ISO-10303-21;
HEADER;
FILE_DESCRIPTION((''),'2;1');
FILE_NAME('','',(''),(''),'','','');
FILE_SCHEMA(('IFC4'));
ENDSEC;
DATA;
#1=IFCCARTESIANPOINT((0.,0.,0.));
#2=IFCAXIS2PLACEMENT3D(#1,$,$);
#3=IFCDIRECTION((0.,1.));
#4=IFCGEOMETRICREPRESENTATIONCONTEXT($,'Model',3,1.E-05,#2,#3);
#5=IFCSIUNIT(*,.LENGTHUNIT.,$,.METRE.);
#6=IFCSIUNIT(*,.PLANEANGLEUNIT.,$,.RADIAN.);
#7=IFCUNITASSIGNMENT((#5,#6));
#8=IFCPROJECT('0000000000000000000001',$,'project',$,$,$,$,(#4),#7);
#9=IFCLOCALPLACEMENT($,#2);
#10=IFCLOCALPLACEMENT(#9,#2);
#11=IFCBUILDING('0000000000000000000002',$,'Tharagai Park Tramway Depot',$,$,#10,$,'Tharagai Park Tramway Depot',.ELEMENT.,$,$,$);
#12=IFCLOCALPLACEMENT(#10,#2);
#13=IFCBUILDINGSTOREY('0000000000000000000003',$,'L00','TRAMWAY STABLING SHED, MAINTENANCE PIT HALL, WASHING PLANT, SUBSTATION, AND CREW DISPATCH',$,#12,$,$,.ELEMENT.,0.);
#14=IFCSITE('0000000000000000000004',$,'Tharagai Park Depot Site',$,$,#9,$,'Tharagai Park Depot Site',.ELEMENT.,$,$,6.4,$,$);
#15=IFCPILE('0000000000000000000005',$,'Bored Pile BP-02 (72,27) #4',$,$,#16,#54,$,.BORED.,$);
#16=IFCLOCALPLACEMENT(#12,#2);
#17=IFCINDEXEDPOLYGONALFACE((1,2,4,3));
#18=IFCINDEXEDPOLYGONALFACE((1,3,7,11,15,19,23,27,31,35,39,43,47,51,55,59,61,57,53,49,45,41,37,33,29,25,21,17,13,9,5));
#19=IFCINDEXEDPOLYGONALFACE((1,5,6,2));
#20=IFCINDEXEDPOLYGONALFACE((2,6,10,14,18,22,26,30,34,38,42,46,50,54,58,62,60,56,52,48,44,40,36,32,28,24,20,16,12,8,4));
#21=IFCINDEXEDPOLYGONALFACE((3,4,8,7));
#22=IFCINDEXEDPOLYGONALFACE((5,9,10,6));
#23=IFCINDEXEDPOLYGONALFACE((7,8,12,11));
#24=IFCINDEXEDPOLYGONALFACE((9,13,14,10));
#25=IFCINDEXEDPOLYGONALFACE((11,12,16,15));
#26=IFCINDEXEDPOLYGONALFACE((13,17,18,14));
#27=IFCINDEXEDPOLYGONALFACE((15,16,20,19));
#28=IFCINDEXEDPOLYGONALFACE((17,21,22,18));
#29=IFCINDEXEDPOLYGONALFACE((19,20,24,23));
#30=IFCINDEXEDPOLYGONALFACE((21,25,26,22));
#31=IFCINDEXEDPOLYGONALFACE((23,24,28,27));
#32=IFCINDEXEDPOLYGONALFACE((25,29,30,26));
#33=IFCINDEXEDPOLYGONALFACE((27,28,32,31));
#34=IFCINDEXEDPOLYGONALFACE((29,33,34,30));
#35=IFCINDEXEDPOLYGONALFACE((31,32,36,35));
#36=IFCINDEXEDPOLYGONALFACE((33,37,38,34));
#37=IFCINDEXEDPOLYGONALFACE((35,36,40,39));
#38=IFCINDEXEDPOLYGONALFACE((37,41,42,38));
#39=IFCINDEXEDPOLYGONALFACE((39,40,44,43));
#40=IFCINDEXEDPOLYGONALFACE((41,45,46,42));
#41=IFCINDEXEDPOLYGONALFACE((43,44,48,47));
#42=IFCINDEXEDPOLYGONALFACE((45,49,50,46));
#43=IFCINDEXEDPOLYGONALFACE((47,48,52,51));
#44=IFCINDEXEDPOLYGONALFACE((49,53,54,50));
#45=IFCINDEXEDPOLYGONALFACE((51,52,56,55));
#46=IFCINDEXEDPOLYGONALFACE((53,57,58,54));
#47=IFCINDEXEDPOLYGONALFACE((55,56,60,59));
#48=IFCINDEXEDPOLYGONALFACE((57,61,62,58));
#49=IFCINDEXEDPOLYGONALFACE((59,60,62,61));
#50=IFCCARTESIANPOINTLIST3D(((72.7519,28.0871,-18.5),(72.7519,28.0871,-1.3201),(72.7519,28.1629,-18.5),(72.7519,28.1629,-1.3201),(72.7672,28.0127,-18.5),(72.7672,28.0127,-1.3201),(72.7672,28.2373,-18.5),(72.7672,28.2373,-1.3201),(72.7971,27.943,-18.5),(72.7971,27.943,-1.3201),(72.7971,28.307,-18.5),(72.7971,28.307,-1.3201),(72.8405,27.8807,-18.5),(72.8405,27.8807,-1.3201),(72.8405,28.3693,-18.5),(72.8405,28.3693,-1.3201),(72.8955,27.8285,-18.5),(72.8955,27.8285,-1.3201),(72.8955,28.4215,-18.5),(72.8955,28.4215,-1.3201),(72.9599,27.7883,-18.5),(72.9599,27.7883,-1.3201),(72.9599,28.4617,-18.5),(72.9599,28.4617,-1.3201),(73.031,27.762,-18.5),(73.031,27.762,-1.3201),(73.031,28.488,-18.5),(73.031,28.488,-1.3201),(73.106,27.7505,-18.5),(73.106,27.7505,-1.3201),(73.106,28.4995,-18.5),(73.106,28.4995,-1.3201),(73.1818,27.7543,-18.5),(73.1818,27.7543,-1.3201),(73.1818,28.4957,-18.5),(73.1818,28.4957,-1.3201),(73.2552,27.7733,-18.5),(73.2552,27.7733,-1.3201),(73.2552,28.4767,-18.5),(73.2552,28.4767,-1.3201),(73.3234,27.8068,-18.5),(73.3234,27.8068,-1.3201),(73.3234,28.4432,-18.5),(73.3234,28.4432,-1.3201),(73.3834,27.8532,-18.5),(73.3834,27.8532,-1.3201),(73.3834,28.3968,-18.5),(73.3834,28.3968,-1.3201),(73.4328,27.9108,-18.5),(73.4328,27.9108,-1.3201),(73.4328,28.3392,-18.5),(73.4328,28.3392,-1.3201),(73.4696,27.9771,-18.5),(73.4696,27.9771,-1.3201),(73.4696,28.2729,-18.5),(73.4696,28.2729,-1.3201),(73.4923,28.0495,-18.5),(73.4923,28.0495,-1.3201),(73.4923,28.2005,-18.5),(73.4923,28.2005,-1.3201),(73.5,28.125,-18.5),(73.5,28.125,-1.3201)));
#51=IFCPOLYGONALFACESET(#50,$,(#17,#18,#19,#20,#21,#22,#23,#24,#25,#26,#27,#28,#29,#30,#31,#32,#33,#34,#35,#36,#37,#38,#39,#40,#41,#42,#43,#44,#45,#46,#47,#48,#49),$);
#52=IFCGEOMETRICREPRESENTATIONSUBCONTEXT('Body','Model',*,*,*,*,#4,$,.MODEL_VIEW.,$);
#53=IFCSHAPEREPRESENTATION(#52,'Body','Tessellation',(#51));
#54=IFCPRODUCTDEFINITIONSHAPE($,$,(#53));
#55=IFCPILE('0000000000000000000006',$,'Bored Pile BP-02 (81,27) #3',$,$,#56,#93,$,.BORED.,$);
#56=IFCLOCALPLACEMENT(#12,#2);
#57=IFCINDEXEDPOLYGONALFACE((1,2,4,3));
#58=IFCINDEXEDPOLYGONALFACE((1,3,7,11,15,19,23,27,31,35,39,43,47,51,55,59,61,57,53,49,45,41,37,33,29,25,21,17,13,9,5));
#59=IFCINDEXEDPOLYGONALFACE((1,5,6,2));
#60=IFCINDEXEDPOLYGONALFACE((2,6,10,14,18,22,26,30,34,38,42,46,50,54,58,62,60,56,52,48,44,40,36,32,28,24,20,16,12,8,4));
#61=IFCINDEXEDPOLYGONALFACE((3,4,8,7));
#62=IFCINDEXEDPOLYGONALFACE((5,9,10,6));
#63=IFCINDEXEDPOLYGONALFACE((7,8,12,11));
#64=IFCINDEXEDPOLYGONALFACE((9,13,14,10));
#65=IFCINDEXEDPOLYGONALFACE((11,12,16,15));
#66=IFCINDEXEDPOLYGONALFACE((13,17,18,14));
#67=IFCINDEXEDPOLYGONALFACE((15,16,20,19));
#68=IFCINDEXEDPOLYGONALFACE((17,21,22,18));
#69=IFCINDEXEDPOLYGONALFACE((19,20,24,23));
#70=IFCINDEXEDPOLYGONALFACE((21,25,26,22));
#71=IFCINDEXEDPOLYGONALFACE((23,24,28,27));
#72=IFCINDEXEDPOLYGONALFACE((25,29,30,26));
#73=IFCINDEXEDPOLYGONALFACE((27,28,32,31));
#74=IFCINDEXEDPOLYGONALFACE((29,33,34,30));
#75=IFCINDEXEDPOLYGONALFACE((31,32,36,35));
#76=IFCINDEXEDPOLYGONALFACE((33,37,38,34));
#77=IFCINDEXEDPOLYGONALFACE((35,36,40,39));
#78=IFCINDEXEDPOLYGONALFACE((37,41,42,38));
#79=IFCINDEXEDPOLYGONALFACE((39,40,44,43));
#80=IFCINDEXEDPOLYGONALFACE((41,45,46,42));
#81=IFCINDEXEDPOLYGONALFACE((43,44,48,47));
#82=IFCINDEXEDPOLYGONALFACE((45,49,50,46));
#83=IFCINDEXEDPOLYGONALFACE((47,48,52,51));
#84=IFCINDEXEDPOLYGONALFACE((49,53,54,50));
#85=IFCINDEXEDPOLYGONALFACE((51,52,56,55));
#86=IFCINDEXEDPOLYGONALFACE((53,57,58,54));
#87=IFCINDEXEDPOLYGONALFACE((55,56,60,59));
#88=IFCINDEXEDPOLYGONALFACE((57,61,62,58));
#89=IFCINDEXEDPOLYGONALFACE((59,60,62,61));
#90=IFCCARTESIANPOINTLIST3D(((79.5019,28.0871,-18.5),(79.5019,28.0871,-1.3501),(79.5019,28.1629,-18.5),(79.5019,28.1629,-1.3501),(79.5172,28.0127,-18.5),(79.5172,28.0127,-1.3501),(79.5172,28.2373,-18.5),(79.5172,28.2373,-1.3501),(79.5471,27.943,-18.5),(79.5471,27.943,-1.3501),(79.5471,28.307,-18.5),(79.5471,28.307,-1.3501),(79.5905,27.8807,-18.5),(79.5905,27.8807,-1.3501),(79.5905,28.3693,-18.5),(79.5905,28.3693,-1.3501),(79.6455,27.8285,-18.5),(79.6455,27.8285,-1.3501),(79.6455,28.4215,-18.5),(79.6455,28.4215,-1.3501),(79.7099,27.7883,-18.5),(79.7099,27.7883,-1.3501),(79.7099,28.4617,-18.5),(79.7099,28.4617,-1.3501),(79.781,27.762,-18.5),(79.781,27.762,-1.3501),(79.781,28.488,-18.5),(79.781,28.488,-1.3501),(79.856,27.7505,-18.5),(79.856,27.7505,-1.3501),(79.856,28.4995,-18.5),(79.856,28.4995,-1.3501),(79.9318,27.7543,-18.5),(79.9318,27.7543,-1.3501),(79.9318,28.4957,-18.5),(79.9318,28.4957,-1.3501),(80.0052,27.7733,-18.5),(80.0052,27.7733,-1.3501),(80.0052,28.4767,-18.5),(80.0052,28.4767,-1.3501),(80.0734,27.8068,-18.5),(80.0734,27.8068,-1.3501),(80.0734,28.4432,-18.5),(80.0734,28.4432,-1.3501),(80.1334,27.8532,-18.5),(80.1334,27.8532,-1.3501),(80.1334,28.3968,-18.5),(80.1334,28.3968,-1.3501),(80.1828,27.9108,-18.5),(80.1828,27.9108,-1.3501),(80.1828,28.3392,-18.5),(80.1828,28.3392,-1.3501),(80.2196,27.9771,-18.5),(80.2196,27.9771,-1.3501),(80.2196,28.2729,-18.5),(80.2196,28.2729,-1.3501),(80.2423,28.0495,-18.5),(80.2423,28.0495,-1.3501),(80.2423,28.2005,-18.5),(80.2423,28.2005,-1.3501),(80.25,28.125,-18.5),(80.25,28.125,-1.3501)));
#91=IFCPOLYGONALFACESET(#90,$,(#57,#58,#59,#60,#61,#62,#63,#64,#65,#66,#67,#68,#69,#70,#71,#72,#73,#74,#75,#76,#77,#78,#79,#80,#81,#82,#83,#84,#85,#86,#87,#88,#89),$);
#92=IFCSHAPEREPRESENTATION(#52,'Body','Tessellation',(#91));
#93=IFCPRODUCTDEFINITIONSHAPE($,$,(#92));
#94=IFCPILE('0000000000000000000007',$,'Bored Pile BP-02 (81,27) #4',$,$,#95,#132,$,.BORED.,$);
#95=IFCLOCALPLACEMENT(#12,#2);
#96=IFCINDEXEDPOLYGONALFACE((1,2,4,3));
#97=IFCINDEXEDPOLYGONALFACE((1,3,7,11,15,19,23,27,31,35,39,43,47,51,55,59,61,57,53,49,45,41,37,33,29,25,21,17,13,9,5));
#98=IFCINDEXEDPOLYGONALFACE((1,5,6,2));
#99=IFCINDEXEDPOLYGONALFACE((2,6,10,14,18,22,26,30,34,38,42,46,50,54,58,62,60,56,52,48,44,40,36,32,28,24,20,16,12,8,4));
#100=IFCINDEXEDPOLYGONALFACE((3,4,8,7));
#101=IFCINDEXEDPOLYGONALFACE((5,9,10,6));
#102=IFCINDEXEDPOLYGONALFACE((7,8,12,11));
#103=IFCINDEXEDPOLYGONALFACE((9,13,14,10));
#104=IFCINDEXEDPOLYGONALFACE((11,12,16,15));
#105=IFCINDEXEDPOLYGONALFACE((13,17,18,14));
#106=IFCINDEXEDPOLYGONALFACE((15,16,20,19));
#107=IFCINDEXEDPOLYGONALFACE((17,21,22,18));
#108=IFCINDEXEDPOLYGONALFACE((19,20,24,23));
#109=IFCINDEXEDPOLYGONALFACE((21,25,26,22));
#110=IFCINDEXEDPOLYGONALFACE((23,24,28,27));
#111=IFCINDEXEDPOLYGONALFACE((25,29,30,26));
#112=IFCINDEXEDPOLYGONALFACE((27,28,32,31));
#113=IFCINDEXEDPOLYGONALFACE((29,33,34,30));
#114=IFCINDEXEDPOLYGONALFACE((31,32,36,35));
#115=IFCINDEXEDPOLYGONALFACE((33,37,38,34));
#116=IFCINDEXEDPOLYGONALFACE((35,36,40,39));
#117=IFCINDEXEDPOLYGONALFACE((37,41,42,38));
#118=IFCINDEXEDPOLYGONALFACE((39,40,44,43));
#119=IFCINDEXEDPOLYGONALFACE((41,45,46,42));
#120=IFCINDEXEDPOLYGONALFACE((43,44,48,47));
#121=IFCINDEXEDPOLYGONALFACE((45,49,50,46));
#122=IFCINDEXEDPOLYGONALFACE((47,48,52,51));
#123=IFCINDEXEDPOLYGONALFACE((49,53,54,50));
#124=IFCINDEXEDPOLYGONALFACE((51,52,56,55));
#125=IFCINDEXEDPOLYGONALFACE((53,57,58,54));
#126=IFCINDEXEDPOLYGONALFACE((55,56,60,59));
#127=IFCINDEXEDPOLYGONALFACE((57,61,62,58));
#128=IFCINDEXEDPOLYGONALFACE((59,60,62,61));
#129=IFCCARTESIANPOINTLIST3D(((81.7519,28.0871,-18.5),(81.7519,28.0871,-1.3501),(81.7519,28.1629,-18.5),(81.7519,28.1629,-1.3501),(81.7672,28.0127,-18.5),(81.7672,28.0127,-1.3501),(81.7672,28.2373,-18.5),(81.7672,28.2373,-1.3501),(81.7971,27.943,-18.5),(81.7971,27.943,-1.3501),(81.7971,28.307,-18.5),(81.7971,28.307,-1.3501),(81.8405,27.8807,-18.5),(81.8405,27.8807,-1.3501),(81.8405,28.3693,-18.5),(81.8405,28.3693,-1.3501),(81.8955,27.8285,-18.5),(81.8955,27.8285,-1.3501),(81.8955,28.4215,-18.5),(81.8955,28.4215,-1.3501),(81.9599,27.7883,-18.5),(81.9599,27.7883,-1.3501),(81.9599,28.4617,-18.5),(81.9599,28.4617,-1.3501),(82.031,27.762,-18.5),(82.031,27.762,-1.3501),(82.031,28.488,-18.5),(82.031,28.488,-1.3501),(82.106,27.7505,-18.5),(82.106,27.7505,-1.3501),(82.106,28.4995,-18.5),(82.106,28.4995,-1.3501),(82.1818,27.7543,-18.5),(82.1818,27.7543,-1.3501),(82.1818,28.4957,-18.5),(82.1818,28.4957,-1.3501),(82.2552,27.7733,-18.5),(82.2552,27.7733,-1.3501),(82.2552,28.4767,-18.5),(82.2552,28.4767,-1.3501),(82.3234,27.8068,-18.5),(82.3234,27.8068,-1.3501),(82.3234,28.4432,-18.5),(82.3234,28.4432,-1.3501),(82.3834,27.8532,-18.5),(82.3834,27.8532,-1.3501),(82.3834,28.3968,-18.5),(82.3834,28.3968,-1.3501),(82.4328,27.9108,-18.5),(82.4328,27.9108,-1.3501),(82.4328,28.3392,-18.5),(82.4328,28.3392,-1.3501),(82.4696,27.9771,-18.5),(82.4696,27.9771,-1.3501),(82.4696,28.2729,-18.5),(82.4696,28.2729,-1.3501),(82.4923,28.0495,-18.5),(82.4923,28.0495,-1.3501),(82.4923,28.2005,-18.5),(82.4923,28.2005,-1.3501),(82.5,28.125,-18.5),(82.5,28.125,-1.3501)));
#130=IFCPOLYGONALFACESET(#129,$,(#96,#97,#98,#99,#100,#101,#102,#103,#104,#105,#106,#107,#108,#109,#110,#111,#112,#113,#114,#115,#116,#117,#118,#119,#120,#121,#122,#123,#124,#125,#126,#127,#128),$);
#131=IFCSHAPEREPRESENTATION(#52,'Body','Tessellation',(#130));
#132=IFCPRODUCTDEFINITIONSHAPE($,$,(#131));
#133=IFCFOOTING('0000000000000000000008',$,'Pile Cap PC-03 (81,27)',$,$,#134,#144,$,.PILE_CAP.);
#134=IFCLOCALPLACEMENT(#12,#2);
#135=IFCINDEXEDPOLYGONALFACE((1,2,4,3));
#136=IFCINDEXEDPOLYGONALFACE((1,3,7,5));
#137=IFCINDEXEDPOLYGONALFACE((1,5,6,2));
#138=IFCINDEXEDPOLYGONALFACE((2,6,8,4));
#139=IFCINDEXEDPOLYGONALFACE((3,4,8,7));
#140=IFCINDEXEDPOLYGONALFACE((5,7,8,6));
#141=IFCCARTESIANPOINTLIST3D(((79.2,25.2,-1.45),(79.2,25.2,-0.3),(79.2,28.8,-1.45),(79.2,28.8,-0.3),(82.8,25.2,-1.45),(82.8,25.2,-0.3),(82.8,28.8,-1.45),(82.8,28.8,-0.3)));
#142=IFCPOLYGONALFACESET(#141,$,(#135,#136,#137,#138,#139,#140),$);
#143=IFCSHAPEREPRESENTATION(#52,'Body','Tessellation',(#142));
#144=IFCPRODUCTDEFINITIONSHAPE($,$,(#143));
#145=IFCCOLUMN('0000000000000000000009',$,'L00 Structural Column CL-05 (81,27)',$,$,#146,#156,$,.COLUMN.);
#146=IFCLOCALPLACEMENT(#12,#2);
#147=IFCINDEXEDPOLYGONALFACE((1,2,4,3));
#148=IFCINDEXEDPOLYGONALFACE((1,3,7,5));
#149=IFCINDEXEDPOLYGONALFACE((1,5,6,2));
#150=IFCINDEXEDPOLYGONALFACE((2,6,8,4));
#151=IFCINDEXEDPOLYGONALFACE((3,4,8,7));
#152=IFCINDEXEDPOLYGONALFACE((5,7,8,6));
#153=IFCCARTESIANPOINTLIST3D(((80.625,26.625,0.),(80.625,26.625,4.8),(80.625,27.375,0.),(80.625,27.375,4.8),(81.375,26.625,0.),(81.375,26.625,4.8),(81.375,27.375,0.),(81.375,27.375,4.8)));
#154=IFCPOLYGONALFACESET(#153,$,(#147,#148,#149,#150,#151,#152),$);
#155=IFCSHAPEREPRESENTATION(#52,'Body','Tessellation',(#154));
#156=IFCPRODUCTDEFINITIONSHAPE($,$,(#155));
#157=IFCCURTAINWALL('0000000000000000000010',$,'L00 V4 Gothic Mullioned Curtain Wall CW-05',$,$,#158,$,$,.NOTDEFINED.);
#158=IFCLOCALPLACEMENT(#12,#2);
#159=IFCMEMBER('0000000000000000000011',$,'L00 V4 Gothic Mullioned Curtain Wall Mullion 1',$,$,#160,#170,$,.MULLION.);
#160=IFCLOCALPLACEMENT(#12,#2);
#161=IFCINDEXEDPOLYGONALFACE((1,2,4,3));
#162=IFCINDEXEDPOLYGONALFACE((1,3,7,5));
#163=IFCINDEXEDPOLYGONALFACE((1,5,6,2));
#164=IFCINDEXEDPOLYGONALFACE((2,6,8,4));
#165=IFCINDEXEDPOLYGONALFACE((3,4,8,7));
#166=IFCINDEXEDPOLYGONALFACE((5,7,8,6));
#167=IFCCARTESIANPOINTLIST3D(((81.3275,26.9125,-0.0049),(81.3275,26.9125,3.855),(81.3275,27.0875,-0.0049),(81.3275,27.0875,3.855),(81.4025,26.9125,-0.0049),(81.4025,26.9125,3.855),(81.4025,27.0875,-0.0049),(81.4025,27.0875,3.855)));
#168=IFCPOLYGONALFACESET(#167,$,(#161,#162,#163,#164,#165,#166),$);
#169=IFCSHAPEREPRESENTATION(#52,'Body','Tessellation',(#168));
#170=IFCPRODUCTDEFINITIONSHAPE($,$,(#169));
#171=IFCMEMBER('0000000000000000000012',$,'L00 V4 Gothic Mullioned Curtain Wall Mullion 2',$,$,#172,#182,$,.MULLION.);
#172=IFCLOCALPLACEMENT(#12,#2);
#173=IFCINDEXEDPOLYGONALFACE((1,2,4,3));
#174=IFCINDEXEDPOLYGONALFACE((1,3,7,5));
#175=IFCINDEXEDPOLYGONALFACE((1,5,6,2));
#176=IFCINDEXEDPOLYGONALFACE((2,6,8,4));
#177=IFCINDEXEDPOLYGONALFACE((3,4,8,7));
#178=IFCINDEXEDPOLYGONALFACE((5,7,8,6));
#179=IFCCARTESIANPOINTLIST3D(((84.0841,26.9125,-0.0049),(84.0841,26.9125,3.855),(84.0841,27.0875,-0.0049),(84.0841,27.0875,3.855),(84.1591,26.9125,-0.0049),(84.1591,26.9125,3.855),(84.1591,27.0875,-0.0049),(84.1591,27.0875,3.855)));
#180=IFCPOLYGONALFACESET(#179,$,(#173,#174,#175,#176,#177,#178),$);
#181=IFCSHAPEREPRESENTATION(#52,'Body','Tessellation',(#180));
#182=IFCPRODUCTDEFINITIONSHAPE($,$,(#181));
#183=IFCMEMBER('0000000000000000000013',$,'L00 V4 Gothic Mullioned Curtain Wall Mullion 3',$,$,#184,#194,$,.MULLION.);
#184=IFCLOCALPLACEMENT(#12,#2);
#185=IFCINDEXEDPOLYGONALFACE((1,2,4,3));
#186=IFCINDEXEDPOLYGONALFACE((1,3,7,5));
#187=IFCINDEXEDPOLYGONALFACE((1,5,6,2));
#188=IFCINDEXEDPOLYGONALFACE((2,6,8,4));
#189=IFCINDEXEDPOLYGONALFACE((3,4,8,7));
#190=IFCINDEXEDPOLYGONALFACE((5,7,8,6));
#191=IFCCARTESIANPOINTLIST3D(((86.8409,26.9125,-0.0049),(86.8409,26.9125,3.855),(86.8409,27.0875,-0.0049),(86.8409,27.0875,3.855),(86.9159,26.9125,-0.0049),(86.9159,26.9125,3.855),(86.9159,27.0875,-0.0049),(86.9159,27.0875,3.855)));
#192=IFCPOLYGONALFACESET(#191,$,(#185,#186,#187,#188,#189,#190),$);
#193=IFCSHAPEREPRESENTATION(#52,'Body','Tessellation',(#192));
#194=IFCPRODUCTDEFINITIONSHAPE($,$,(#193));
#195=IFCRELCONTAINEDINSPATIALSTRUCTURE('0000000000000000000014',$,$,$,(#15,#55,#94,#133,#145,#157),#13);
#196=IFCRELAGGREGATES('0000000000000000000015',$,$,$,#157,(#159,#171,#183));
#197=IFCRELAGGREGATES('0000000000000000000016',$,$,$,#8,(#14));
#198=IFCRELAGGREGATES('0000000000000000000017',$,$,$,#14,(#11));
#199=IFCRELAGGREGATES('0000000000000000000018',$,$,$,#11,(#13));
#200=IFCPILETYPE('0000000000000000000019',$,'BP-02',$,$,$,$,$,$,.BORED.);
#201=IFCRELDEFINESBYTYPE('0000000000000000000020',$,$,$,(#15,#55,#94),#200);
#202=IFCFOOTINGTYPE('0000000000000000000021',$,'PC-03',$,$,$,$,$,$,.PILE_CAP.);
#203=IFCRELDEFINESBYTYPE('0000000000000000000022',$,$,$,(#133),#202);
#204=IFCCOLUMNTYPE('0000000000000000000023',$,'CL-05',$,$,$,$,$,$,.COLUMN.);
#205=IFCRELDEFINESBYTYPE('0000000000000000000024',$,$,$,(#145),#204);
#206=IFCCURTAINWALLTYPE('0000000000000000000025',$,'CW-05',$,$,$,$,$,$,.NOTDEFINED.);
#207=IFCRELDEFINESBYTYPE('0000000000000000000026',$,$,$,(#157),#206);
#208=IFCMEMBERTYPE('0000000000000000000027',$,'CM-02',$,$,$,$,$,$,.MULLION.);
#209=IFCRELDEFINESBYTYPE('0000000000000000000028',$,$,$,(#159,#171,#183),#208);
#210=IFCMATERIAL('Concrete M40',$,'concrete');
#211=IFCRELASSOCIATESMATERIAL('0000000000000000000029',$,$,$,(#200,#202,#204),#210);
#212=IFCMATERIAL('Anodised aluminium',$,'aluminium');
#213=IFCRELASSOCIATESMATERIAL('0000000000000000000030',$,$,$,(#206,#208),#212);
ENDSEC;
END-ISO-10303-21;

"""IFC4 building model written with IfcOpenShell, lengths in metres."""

from ifc_helpers import new_model, si_unit, direction, frame, origin, origin_2d, place, context, subcontext, project, spatial, rectangle, circle, extrude, material, material_profile, profile_set, type_object, element, aggregate, save


model = new_model("IFC4")

# Units and contexts
model_context = context("Model", 3, precision=1e-05, world=origin(), true_north=direction((0.0, 1.0)))
body_context = subcontext(model_context, "Body", "Model", "MODEL_VIEW")
ifc_project = project(units=[si_unit("LENGTHUNIT", "METRE"), si_unit("PLANEANGLEUNIT", "RADIAN")], contexts=[model_context])

# Site, building, storey
site_placement = place(None, origin())
site = spatial("IfcSite", under=ifc_project, at=site_placement, Name="Tharagai Park Depot Site", LongName="Tharagai Park Depot Site", CompositionType="ELEMENT", RefElevation=6.4)
building_placement = place(site_placement, origin())
building = spatial("IfcBuilding", under=site, at=building_placement, Name="Tharagai Park Tramway Depot", LongName="Tharagai Park Tramway Depot", CompositionType="ELEMENT")
storey_placement = place(building_placement, origin())
storey = spatial("IfcBuildingStorey", under=building, at=storey_placement, Name="L00", Description="TRAMWAY STABLING SHED, MAINTENANCE PIT HALL, WASHING PLANT, SUBSTATION, AND CREW DISPATCH", CompositionType="ELEMENT", Elevation=0.0)

# Piles
ifc_material_1 = material(Name="Concrete M40", Category="concrete")
ifc_material_profile_1 = material_profile(ifc_material_1, circle(Radius=0.375, at=origin_2d()), Name="PILE D750")
ifc_profile_set_1 = profile_set([ifc_material_profile_1], Name="Concrete M40")
pile_type = type_object("IfcPileType", Name="BP-02", PredefinedType="BORED", material=ifc_profile_set_1)
pile_placement = place(storey_placement, frame((73.125, 28.125, -1.3201), z_axis=(0.0, 0.0, -1.0), x_axis=(1.0, 0.0, 0.0)))
element("IfcPile", 1, at=pile_placement, inside=storey, type_object=pile_type, Name="Bored Pile BP-02 (72,27) #4", PredefinedType="BORED", context=body_context, shape_type="SweptSolid", body=[
    extrude(circle(Radius=0.375, at=origin_2d()), origin(), (0.0, 0.0, 1.0), 17.1799),
])
for number, where, z_axis, x_axis, name in (
    (2, (79.875, 28.125, -1.3501), (0.0, 0.0, -1.0), (1.0, 0.0, 0.0), "Bored Pile BP-02 (81,27) #3"),
    (3, (82.125, 28.125, -1.3501), (0.0, 0.0, -1.0), (1.0, 0.0, 0.0), "Bored Pile BP-02 (81,27) #4"),
):
    element("IfcPile", number, at=place(storey_placement, frame(where, z_axis=z_axis, x_axis=x_axis)), inside=storey, type_object=pile_type, Name=name, PredefinedType="BORED", context=body_context, shape_type="SweptSolid", body=[
        extrude(circle(Radius=0.375, at=origin_2d()), origin(), (0.0, 0.0, 1.0), 17.1499),
    ])

# Footing
footing_type = type_object("IfcFootingType", Name="PC-03", PredefinedType="PILE_CAP", material=ifc_material_1)
footing_placement = place(storey_placement, frame((81.0, 27.0, -1.45), z_axis=(0.0, 0.0, 1.0), x_axis=(1.0, 0.0, 0.0)))
element("IfcFooting", 4, at=footing_placement, inside=storey, type_object=footing_type, Name="Pile Cap PC-03 (81,27)", PredefinedType="PILE_CAP", context=body_context, shape_type="SweptSolid", body=[
    extrude(rectangle(XDim=3.6001, YDim=3.6001, at=origin_2d()), origin(), (0.0, 0.0, 1.0), 1.1499),
])

# Column
ifc_material_profile_2 = material_profile(ifc_material_1, rectangle(XDim=0.75, YDim=0.75, at=origin_2d()), Name="RC 750x750")
ifc_profile_set_2 = profile_set([ifc_material_profile_2], Name="Concrete M40")
column_type = type_object("IfcColumnType", Name="CL-05", PredefinedType="COLUMN", material=ifc_profile_set_2)
column_placement = place(storey_placement, frame((81.0, 27.0, 0.0), z_axis=(0.0, 0.0, 1.0), x_axis=(1.0, 0.0, 0.0)))
element("IfcColumn", 5, at=column_placement, inside=storey, type_object=column_type, Name="L00 Structural Column CL-05 (81,27)", PredefinedType="COLUMN", context=body_context, shape_type="SweptSolid", body=[
    extrude(rectangle(XDim=0.75, YDim=0.75, at=origin_2d()), origin(), (0.0, 0.0, 1.0), 4.8),
])

# Curtain wall, members
ifc_material_2 = material(Name="Anodised aluminium", Category="aluminium")
curtain_wall_type = type_object("IfcCurtainWallType", Name="CW-05", PredefinedType="NOTDEFINED", material=ifc_material_2)
curtain_wall_placement = place(storey_placement, origin())
curtain_wall = element("IfcCurtainWall", 6, at=curtain_wall_placement, inside=storey, type_object=curtain_wall_type, Name="L00 V4 Gothic Mullioned Curtain Wall CW-05", PredefinedType="NOTDEFINED")
ifc_material_profile_3 = material_profile(ifc_material_2, rectangle(XDim=0.075, YDim=0.175, at=origin_2d()), Name="ALU 75x175")
ifc_profile_set_3 = profile_set([ifc_material_profile_3], Name="Anodised aluminium")
member_type_1 = type_object("IfcMemberType", Name="CM-02", PredefinedType="MULLION", material=ifc_profile_set_3)
member_1_placement = place(storey_placement, frame((81.365, 27.0, -0.0049), z_axis=(0.0, 0.0, 1.0), x_axis=(1.0, 0.0, 0.0)))
member_1 = element("IfcMember", 7, at=member_1_placement, type_object=member_type_1, Name="L00 V4 Gothic Mullioned Curtain Wall Mullion 1", PredefinedType="MULLION", context=body_context, shape_type="SweptSolid", body=[
    extrude(rectangle(XDim=0.075, YDim=0.175, at=origin_2d()), origin(), (0.0, 0.0, 1.0), 3.8599),
])
member_2_placement = place(storey_placement, frame((84.1216, 27.0, -0.0049), z_axis=(0.0, 0.0, 1.0), x_axis=(1.0, 0.0, 0.0)))
member_2 = element("IfcMember", 8, at=member_2_placement, type_object=member_type_1, Name="L00 V4 Gothic Mullioned Curtain Wall Mullion 2", PredefinedType="MULLION", context=body_context, shape_type="SweptSolid", body=[
    extrude(rectangle(XDim=0.075, YDim=0.175, at=origin_2d()), origin(), (0.0, 0.0, 1.0), 3.8599),
])
member_3_placement = place(storey_placement, frame((86.8784, 27.0, -0.0049), z_axis=(0.0, 0.0, 1.0), x_axis=(1.0, 0.0, 0.0)))
member_3 = element("IfcMember", 9, at=member_3_placement, type_object=member_type_1, Name="L00 V4 Gothic Mullioned Curtain Wall Mullion 3", PredefinedType="MULLION", context=body_context, shape_type="SweptSolid", body=[
    extrude(rectangle(XDim=0.075, YDim=0.175, at=origin_2d()), origin(), (0.0, 0.0, 1.0), 3.8599),
])
aggregate(curtain_wall, [member_1, member_2, member_3])

save(model, "model.ifc")
